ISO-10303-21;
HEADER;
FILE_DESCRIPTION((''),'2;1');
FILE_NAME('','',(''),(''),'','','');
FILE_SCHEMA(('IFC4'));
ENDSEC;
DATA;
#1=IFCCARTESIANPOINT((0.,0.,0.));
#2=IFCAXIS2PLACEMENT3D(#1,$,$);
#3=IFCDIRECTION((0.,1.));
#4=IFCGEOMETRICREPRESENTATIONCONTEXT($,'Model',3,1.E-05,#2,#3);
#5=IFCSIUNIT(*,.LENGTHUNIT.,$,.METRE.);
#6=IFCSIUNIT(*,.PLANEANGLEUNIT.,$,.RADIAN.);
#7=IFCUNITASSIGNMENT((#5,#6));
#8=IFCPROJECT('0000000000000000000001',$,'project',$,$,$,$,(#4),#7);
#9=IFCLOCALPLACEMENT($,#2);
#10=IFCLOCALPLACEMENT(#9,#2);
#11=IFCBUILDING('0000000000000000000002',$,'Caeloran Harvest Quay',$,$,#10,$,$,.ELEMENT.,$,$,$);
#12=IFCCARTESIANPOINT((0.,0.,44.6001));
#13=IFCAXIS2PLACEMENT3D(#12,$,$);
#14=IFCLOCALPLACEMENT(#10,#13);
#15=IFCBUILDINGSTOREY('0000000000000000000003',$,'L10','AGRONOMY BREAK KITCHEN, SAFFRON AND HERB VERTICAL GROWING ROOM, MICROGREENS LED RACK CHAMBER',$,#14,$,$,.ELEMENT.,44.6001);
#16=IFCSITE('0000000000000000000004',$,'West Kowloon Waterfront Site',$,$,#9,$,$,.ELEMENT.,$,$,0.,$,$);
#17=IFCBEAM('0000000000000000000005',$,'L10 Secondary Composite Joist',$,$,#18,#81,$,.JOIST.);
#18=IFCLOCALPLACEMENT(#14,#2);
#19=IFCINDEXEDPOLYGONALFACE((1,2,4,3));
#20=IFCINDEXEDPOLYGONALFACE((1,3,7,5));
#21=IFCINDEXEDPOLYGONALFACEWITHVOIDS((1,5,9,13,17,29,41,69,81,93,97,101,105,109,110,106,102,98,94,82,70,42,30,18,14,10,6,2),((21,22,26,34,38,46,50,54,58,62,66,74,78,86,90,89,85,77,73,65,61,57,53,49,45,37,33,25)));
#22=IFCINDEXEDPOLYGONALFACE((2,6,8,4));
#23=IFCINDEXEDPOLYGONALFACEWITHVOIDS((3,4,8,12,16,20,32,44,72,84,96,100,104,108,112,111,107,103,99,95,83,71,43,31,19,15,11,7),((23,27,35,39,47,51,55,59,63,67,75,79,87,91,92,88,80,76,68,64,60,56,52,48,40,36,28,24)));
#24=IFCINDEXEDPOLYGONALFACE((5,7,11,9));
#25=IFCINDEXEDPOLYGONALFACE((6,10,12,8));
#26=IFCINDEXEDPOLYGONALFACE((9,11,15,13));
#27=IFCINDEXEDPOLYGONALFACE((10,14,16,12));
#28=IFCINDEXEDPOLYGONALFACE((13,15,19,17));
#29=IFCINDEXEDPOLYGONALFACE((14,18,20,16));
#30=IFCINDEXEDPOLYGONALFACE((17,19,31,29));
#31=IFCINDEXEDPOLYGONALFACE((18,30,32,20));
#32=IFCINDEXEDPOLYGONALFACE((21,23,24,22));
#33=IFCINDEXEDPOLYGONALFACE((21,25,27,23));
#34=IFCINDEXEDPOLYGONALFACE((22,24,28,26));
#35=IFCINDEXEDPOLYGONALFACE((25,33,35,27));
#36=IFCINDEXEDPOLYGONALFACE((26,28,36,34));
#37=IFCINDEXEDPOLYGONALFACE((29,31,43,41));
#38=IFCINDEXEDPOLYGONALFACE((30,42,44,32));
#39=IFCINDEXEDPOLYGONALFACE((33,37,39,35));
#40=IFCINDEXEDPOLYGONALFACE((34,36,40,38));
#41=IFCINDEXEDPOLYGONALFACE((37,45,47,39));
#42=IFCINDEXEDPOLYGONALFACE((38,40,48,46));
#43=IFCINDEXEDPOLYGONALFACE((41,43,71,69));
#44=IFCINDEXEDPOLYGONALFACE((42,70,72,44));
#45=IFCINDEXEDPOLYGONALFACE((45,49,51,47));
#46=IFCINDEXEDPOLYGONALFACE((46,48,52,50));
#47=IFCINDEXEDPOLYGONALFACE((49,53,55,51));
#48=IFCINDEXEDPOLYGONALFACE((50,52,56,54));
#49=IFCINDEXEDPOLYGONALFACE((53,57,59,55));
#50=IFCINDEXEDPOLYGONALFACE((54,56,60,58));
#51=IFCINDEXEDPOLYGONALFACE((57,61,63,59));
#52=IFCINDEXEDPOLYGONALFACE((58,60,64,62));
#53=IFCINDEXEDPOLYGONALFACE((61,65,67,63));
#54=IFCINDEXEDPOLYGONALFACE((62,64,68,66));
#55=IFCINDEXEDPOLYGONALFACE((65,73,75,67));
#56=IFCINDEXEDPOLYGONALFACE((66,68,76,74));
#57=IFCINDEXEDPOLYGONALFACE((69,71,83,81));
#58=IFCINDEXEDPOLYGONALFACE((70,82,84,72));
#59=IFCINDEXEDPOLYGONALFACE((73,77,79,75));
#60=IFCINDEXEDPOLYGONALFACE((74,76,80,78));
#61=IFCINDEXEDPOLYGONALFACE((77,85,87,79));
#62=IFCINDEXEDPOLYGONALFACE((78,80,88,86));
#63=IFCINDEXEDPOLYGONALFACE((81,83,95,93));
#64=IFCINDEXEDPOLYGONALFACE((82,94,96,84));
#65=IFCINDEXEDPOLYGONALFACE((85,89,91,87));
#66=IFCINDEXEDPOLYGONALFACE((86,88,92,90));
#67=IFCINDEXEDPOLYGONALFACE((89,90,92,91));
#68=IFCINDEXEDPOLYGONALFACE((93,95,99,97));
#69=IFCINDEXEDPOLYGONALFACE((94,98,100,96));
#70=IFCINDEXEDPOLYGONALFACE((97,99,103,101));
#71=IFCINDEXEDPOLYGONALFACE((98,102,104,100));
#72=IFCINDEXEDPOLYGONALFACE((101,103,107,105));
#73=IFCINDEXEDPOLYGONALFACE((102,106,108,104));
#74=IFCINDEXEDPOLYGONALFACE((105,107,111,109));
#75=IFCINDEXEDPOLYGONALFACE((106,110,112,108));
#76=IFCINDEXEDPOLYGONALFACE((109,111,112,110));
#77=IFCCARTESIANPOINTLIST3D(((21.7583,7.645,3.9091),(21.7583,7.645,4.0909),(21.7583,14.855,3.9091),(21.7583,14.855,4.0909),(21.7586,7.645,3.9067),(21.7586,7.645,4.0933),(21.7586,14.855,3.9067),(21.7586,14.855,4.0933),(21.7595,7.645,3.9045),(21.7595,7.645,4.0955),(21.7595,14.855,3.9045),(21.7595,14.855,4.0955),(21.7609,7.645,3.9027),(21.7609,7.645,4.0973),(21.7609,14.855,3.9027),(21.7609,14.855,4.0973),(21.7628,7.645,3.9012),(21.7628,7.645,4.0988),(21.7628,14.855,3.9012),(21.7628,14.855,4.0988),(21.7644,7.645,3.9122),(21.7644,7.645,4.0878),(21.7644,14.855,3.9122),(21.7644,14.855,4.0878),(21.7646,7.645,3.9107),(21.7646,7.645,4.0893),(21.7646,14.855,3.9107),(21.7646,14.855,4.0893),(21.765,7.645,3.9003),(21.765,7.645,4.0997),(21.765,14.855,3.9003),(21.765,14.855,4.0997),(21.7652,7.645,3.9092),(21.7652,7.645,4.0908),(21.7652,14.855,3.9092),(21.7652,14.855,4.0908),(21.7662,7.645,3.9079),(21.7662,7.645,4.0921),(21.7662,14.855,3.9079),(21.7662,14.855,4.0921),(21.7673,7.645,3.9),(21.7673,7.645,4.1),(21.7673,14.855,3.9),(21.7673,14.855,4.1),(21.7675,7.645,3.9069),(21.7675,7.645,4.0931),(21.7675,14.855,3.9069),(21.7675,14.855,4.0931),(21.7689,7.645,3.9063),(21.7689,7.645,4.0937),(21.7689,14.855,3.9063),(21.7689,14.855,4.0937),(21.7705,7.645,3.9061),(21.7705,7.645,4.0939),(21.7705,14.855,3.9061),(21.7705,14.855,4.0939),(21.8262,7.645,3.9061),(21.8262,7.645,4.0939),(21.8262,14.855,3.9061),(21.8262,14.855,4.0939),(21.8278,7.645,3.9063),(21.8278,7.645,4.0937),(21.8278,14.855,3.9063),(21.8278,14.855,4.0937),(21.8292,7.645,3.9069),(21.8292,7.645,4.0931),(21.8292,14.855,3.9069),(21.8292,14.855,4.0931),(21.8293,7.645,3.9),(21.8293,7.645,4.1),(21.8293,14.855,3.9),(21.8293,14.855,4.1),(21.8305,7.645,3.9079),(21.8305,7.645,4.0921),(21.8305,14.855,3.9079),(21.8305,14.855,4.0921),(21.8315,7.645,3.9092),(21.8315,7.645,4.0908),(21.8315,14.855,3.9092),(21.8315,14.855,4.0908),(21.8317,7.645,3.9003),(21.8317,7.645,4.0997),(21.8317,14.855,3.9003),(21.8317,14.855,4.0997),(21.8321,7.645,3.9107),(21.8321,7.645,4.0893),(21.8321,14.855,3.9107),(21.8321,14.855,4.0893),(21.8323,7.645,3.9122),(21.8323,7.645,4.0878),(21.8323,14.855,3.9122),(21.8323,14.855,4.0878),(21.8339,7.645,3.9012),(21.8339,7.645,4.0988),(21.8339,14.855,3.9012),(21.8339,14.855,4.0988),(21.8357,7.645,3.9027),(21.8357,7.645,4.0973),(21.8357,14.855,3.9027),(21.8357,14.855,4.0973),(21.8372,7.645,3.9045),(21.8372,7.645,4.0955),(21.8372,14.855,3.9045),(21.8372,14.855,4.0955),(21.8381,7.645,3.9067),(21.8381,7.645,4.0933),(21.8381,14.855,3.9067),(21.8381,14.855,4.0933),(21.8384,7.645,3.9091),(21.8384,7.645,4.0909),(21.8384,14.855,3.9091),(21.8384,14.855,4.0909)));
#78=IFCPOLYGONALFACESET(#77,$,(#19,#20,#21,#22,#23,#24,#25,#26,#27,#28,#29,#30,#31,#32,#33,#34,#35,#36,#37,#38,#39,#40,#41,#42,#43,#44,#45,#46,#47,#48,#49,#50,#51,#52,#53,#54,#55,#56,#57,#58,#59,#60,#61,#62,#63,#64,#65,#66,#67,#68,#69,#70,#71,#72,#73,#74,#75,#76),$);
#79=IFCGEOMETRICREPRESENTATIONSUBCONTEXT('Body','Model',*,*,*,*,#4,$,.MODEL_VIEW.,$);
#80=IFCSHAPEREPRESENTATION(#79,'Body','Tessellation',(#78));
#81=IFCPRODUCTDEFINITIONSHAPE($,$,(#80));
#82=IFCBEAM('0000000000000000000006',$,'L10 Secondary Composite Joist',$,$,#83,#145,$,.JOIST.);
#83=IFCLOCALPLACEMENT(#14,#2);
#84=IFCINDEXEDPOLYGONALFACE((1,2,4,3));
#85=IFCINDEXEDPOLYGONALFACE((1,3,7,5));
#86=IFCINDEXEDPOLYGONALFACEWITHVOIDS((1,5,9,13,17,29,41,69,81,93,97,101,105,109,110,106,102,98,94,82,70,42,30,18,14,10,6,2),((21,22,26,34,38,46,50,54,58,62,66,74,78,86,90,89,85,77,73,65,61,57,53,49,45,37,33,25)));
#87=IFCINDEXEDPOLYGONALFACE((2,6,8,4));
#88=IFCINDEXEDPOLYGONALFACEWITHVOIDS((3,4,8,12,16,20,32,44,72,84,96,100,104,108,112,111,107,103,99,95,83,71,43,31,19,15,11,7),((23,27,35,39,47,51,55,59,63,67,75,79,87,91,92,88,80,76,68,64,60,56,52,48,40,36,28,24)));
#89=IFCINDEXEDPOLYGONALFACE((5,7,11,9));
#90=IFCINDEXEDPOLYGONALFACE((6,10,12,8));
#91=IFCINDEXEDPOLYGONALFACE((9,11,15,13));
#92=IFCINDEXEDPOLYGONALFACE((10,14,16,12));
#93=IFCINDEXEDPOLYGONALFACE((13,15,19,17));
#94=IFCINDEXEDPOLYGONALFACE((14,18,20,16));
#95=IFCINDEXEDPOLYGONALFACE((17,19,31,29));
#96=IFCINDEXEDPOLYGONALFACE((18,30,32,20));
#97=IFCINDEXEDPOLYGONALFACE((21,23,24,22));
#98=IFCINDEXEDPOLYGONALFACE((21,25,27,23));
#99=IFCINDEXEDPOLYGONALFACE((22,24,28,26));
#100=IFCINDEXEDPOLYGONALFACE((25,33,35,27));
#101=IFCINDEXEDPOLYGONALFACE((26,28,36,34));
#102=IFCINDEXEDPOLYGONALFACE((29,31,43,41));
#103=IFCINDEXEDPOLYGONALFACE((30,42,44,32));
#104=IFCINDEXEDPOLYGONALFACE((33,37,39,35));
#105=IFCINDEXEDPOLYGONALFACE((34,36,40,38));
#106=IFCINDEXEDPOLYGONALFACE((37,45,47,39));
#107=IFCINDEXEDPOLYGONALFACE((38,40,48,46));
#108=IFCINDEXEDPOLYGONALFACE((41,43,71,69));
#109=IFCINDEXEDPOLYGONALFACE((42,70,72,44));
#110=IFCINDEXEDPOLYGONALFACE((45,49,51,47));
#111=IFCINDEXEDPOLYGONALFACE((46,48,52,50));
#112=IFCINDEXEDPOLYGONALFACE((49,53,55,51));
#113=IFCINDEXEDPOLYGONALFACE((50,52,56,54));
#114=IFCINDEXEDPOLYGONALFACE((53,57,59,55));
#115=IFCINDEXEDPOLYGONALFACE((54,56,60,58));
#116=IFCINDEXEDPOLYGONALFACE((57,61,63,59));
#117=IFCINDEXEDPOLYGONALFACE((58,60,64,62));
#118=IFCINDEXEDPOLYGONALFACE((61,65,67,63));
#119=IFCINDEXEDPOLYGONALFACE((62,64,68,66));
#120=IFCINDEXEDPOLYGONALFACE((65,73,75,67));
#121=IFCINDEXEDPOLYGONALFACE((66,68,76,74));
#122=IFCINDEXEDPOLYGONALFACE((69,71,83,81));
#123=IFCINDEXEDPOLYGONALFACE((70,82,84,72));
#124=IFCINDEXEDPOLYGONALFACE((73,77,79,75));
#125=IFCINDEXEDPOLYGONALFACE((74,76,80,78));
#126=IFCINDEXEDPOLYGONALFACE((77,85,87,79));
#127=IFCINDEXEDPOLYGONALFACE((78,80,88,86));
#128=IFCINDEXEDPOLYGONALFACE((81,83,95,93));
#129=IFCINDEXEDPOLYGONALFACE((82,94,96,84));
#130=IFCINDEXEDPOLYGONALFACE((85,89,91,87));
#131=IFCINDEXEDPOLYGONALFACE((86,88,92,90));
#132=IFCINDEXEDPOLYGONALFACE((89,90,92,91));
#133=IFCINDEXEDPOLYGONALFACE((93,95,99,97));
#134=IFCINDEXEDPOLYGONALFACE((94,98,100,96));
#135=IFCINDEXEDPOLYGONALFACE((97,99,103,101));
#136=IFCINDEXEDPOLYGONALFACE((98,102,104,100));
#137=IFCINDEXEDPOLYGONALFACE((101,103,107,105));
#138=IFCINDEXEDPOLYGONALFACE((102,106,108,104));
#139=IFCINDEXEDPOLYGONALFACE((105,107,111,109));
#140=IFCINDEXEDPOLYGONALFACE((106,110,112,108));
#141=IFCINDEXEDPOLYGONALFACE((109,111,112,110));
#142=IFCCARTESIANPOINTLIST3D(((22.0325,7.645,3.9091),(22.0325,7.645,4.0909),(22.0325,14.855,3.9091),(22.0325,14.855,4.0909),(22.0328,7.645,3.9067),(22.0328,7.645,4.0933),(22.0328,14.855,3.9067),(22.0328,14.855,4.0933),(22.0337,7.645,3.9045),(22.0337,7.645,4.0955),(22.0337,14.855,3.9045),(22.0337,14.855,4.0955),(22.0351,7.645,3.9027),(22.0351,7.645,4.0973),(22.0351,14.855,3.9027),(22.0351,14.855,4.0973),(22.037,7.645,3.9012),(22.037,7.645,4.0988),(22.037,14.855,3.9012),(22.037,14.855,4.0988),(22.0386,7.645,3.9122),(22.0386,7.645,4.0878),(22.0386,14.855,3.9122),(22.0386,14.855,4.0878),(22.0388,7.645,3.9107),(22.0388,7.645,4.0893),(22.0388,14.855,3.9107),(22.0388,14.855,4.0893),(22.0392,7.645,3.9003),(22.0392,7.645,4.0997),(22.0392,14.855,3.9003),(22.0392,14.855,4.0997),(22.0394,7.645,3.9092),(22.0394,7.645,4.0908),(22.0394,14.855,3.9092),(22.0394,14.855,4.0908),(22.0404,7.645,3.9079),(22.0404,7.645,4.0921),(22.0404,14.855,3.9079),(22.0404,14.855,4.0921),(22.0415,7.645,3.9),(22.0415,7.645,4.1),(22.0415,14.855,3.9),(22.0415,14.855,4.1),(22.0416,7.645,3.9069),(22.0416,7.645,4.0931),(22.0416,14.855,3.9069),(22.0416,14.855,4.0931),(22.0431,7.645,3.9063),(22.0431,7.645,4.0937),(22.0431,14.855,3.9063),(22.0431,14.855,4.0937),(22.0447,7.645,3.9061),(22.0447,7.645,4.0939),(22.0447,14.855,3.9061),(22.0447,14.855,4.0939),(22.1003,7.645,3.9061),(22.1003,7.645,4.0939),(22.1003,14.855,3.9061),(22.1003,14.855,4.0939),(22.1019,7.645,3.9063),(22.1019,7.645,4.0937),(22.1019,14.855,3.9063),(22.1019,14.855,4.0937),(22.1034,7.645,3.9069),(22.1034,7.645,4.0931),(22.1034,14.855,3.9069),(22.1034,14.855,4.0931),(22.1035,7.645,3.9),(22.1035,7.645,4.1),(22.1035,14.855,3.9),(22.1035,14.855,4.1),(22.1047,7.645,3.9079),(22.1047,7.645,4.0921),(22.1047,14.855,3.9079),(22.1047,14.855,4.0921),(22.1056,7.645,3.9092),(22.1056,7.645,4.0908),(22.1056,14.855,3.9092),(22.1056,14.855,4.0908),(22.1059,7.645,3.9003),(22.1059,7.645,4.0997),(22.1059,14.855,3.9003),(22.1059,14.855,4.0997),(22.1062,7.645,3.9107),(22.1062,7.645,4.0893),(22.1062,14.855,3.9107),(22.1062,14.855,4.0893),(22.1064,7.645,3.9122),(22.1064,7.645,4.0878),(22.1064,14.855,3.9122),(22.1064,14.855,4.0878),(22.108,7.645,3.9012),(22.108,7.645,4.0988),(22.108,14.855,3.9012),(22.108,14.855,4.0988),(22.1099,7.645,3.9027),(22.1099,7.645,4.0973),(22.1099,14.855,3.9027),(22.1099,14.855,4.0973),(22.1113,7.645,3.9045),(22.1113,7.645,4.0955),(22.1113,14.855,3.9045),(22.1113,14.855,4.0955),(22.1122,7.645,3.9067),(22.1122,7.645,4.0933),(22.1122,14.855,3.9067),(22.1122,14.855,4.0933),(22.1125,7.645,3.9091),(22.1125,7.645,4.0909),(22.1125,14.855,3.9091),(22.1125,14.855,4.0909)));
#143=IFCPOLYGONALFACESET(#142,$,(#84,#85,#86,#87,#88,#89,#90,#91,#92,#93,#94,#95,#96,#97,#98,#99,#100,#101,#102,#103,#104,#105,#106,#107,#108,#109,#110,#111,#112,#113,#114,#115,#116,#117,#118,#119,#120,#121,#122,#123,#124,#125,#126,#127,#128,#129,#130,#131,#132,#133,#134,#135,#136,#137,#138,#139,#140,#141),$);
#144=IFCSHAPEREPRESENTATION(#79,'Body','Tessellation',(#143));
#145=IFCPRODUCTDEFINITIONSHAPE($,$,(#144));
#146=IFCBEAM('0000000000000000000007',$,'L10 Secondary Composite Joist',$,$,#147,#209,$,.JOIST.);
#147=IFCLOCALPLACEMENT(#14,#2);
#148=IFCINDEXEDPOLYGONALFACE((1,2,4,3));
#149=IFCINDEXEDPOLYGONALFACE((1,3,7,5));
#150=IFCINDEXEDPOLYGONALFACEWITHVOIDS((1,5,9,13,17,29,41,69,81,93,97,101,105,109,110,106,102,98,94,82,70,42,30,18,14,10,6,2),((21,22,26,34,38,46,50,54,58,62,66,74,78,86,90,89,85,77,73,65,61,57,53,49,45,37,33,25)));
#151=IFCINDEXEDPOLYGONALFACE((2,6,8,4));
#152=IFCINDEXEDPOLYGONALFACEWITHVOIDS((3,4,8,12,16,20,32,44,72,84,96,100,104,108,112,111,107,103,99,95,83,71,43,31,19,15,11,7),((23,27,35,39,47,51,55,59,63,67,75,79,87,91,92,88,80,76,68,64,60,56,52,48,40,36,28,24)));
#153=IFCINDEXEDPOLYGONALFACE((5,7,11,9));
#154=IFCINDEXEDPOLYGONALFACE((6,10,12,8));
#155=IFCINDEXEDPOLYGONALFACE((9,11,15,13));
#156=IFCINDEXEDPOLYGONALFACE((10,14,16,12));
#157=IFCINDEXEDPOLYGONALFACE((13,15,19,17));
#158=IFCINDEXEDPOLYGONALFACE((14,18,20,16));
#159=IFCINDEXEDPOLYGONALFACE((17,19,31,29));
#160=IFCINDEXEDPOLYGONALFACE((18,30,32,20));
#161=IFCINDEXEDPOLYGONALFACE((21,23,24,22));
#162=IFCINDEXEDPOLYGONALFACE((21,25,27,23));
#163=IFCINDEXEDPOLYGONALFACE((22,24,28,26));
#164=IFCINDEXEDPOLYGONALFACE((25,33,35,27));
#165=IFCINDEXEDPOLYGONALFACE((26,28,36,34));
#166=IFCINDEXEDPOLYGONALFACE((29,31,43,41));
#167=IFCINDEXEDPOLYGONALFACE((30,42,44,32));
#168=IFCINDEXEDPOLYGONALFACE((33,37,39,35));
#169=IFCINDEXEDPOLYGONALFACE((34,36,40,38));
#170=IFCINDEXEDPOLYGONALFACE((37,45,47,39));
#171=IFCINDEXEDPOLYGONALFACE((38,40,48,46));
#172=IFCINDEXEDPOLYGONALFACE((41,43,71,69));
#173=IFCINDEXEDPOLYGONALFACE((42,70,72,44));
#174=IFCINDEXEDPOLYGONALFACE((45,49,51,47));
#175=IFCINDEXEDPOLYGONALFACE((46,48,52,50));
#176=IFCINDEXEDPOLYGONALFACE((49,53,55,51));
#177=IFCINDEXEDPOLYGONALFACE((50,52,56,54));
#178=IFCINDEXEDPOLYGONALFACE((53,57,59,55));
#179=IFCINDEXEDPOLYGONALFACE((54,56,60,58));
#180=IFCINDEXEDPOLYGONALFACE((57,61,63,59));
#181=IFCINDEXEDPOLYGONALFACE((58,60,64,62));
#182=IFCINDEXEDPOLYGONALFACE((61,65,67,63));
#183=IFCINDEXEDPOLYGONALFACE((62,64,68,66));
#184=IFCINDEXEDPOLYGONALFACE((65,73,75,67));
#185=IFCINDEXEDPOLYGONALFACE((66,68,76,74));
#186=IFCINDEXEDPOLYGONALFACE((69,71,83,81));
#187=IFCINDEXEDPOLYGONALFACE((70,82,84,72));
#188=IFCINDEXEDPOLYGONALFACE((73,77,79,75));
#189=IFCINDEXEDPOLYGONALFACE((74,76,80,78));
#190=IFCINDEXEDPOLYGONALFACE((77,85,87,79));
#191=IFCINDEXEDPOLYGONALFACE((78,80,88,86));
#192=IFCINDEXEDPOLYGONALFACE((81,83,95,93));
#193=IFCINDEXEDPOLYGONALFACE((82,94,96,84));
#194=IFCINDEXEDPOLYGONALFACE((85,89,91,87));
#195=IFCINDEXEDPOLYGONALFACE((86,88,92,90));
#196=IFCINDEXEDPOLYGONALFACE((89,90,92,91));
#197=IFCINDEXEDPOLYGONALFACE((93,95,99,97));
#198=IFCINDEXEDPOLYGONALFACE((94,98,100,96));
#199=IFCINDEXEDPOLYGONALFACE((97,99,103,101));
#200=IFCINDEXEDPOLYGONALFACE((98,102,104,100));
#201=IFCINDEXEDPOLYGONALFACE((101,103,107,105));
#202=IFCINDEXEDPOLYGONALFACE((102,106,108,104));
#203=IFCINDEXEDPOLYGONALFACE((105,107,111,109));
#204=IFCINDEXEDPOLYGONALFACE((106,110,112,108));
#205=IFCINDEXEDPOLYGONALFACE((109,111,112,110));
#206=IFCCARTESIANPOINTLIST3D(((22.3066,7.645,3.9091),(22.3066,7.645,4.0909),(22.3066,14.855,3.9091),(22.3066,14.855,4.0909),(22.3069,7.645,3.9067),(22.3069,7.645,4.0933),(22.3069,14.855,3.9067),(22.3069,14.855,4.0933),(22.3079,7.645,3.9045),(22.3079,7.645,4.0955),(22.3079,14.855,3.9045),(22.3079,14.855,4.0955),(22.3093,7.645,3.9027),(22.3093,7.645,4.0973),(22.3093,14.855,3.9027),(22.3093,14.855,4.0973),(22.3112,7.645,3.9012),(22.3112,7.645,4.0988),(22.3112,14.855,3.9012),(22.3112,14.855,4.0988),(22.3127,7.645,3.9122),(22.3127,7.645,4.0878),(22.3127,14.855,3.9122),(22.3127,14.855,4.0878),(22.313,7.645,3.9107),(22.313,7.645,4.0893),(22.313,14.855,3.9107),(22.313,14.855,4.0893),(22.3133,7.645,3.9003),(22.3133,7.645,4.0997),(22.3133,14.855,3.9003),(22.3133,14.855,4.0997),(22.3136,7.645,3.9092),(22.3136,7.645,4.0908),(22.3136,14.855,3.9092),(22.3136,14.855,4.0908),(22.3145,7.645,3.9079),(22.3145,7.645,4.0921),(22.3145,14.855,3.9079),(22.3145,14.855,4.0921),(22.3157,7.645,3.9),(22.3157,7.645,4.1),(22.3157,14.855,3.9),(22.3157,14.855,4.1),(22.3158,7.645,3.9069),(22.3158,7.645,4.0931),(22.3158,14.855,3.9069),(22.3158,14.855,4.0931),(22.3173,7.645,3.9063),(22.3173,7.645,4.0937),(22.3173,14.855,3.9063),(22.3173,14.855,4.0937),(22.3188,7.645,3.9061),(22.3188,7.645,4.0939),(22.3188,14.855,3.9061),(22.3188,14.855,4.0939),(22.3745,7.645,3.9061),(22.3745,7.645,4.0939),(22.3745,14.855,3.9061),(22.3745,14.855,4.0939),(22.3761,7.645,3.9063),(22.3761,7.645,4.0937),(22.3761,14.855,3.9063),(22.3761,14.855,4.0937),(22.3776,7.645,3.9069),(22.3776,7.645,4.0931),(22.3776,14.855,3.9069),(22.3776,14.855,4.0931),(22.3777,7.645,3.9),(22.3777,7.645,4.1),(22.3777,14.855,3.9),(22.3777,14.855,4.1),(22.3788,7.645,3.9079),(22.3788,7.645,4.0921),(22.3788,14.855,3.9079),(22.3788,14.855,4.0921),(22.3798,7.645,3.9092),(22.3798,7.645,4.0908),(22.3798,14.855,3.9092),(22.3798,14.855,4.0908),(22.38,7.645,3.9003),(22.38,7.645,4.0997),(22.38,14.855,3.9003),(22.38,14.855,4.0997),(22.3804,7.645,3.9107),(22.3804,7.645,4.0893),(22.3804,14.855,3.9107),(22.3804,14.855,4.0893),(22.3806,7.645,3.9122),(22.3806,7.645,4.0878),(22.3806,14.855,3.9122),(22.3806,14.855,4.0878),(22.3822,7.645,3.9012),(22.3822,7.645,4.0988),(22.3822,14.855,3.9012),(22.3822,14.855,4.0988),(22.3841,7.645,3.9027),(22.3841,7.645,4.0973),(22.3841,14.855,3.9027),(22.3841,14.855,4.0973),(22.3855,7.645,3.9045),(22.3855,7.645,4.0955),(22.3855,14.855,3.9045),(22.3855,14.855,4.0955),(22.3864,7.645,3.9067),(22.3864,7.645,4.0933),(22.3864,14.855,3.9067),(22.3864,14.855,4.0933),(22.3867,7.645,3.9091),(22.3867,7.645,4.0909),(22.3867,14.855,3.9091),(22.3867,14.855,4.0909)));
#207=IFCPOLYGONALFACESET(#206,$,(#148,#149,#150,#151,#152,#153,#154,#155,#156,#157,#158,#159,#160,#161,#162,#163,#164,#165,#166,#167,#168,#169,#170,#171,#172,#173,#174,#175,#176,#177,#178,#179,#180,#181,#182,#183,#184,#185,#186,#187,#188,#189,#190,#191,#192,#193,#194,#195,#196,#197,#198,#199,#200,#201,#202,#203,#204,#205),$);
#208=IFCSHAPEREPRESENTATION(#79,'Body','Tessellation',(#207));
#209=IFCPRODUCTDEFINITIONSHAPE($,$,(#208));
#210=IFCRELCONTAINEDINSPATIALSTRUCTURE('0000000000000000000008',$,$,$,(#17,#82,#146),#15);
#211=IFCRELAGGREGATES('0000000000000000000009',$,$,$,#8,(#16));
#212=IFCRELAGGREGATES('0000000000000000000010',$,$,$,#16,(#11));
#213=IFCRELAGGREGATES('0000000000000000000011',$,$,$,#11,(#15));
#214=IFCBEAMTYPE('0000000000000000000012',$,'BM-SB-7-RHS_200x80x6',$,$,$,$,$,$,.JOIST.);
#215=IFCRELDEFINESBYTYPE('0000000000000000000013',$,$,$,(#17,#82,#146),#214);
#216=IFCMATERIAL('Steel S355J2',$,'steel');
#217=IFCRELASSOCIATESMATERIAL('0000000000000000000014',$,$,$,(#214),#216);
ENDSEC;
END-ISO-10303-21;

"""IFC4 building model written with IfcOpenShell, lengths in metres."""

from ifc_helpers import new_model, si_unit, direction, frame, origin, origin_2d, place, context, subcontext, project, spatial, hollow_rectangle, extrude, material, material_profile, profile_set, type_object, element, save


model = new_model("IFC4")

# Units and contexts
model_context = context("Model", 3, precision=1e-05, world=origin(), true_north=direction((0.0, 1.0)))
body_context = subcontext(model_context, "Body", "Model", "MODEL_VIEW")
ifc_project = project(units=[si_unit("LENGTHUNIT", "METRE"), si_unit("PLANEANGLEUNIT", "RADIAN")], contexts=[model_context])

# Site, building, storey
site_placement = place(None, origin())
site = spatial("IfcSite", under=ifc_project, at=site_placement, Name="West Kowloon Waterfront Site", CompositionType="ELEMENT", RefElevation=0.0)
building_placement = place(site_placement, origin())
building = spatial("IfcBuilding", under=site, at=building_placement, Name="Caeloran Harvest Quay", CompositionType="ELEMENT")
storey_placement = place(building_placement, frame((0.0, 0.0, 44.6001)))
storey = spatial("IfcBuildingStorey", under=building, at=storey_placement, Name="L10", Description="AGRONOMY BREAK KITCHEN, SAFFRON AND HERB VERTICAL GROWING ROOM, MICROGREENS LED RACK CHAMBER", CompositionType="ELEMENT", Elevation=44.6001)

# Beams
ifc_material_1 = material(Name="Steel S355J2", Category="steel")
ifc_material_profile_1 = material_profile(ifc_material_1, hollow_rectangle(XDim=0.0801, YDim=0.2, WallThickness=0.0061, InnerFilletRadius=0.0061, OuterFilletRadius=0.009, at=origin_2d()), Name="RHS 200x80x6")
ifc_profile_set_1 = profile_set([ifc_material_profile_1], Name="Steel S355J2")
beam_type_1 = type_object("IfcBeamType", Name="BM-SB-7-RHS_200x80x6", PredefinedType="JOIST", material=ifc_profile_set_1)
for number, where, z_axis, x_axis, name in (
    (1, (21.7983, 7.645, 4.0), (0.0, 1.0, 0.0), (-1.0, 0.0, 0.0), "L10 Secondary Composite Joist"),
    (2, (22.0725, 7.645, 4.0), (0.0, 1.0, 0.0), (-1.0, 0.0, 0.0), "L10 Secondary Composite Joist"),
    (3, (22.3467, 7.645, 4.0), (0.0, 1.0, 0.0), (-1.0, 0.0, 0.0), "L10 Secondary Composite Joist"),
):
    element("IfcBeam", number, at=place(storey_placement, frame(where, z_axis=z_axis, x_axis=x_axis)), inside=storey, type_object=beam_type_1, Name=name, PredefinedType="JOIST", context=body_context, shape_type="SweptSolid", body=[
        extrude(hollow_rectangle(XDim=0.0801, YDim=0.2, WallThickness=0.0061, InnerFilletRadius=0.0061, OuterFilletRadius=0.009, at=origin_2d()), origin(), (0.0, 0.0, 1.0), 7.21),
    ])

save(model, "model.ifc")
